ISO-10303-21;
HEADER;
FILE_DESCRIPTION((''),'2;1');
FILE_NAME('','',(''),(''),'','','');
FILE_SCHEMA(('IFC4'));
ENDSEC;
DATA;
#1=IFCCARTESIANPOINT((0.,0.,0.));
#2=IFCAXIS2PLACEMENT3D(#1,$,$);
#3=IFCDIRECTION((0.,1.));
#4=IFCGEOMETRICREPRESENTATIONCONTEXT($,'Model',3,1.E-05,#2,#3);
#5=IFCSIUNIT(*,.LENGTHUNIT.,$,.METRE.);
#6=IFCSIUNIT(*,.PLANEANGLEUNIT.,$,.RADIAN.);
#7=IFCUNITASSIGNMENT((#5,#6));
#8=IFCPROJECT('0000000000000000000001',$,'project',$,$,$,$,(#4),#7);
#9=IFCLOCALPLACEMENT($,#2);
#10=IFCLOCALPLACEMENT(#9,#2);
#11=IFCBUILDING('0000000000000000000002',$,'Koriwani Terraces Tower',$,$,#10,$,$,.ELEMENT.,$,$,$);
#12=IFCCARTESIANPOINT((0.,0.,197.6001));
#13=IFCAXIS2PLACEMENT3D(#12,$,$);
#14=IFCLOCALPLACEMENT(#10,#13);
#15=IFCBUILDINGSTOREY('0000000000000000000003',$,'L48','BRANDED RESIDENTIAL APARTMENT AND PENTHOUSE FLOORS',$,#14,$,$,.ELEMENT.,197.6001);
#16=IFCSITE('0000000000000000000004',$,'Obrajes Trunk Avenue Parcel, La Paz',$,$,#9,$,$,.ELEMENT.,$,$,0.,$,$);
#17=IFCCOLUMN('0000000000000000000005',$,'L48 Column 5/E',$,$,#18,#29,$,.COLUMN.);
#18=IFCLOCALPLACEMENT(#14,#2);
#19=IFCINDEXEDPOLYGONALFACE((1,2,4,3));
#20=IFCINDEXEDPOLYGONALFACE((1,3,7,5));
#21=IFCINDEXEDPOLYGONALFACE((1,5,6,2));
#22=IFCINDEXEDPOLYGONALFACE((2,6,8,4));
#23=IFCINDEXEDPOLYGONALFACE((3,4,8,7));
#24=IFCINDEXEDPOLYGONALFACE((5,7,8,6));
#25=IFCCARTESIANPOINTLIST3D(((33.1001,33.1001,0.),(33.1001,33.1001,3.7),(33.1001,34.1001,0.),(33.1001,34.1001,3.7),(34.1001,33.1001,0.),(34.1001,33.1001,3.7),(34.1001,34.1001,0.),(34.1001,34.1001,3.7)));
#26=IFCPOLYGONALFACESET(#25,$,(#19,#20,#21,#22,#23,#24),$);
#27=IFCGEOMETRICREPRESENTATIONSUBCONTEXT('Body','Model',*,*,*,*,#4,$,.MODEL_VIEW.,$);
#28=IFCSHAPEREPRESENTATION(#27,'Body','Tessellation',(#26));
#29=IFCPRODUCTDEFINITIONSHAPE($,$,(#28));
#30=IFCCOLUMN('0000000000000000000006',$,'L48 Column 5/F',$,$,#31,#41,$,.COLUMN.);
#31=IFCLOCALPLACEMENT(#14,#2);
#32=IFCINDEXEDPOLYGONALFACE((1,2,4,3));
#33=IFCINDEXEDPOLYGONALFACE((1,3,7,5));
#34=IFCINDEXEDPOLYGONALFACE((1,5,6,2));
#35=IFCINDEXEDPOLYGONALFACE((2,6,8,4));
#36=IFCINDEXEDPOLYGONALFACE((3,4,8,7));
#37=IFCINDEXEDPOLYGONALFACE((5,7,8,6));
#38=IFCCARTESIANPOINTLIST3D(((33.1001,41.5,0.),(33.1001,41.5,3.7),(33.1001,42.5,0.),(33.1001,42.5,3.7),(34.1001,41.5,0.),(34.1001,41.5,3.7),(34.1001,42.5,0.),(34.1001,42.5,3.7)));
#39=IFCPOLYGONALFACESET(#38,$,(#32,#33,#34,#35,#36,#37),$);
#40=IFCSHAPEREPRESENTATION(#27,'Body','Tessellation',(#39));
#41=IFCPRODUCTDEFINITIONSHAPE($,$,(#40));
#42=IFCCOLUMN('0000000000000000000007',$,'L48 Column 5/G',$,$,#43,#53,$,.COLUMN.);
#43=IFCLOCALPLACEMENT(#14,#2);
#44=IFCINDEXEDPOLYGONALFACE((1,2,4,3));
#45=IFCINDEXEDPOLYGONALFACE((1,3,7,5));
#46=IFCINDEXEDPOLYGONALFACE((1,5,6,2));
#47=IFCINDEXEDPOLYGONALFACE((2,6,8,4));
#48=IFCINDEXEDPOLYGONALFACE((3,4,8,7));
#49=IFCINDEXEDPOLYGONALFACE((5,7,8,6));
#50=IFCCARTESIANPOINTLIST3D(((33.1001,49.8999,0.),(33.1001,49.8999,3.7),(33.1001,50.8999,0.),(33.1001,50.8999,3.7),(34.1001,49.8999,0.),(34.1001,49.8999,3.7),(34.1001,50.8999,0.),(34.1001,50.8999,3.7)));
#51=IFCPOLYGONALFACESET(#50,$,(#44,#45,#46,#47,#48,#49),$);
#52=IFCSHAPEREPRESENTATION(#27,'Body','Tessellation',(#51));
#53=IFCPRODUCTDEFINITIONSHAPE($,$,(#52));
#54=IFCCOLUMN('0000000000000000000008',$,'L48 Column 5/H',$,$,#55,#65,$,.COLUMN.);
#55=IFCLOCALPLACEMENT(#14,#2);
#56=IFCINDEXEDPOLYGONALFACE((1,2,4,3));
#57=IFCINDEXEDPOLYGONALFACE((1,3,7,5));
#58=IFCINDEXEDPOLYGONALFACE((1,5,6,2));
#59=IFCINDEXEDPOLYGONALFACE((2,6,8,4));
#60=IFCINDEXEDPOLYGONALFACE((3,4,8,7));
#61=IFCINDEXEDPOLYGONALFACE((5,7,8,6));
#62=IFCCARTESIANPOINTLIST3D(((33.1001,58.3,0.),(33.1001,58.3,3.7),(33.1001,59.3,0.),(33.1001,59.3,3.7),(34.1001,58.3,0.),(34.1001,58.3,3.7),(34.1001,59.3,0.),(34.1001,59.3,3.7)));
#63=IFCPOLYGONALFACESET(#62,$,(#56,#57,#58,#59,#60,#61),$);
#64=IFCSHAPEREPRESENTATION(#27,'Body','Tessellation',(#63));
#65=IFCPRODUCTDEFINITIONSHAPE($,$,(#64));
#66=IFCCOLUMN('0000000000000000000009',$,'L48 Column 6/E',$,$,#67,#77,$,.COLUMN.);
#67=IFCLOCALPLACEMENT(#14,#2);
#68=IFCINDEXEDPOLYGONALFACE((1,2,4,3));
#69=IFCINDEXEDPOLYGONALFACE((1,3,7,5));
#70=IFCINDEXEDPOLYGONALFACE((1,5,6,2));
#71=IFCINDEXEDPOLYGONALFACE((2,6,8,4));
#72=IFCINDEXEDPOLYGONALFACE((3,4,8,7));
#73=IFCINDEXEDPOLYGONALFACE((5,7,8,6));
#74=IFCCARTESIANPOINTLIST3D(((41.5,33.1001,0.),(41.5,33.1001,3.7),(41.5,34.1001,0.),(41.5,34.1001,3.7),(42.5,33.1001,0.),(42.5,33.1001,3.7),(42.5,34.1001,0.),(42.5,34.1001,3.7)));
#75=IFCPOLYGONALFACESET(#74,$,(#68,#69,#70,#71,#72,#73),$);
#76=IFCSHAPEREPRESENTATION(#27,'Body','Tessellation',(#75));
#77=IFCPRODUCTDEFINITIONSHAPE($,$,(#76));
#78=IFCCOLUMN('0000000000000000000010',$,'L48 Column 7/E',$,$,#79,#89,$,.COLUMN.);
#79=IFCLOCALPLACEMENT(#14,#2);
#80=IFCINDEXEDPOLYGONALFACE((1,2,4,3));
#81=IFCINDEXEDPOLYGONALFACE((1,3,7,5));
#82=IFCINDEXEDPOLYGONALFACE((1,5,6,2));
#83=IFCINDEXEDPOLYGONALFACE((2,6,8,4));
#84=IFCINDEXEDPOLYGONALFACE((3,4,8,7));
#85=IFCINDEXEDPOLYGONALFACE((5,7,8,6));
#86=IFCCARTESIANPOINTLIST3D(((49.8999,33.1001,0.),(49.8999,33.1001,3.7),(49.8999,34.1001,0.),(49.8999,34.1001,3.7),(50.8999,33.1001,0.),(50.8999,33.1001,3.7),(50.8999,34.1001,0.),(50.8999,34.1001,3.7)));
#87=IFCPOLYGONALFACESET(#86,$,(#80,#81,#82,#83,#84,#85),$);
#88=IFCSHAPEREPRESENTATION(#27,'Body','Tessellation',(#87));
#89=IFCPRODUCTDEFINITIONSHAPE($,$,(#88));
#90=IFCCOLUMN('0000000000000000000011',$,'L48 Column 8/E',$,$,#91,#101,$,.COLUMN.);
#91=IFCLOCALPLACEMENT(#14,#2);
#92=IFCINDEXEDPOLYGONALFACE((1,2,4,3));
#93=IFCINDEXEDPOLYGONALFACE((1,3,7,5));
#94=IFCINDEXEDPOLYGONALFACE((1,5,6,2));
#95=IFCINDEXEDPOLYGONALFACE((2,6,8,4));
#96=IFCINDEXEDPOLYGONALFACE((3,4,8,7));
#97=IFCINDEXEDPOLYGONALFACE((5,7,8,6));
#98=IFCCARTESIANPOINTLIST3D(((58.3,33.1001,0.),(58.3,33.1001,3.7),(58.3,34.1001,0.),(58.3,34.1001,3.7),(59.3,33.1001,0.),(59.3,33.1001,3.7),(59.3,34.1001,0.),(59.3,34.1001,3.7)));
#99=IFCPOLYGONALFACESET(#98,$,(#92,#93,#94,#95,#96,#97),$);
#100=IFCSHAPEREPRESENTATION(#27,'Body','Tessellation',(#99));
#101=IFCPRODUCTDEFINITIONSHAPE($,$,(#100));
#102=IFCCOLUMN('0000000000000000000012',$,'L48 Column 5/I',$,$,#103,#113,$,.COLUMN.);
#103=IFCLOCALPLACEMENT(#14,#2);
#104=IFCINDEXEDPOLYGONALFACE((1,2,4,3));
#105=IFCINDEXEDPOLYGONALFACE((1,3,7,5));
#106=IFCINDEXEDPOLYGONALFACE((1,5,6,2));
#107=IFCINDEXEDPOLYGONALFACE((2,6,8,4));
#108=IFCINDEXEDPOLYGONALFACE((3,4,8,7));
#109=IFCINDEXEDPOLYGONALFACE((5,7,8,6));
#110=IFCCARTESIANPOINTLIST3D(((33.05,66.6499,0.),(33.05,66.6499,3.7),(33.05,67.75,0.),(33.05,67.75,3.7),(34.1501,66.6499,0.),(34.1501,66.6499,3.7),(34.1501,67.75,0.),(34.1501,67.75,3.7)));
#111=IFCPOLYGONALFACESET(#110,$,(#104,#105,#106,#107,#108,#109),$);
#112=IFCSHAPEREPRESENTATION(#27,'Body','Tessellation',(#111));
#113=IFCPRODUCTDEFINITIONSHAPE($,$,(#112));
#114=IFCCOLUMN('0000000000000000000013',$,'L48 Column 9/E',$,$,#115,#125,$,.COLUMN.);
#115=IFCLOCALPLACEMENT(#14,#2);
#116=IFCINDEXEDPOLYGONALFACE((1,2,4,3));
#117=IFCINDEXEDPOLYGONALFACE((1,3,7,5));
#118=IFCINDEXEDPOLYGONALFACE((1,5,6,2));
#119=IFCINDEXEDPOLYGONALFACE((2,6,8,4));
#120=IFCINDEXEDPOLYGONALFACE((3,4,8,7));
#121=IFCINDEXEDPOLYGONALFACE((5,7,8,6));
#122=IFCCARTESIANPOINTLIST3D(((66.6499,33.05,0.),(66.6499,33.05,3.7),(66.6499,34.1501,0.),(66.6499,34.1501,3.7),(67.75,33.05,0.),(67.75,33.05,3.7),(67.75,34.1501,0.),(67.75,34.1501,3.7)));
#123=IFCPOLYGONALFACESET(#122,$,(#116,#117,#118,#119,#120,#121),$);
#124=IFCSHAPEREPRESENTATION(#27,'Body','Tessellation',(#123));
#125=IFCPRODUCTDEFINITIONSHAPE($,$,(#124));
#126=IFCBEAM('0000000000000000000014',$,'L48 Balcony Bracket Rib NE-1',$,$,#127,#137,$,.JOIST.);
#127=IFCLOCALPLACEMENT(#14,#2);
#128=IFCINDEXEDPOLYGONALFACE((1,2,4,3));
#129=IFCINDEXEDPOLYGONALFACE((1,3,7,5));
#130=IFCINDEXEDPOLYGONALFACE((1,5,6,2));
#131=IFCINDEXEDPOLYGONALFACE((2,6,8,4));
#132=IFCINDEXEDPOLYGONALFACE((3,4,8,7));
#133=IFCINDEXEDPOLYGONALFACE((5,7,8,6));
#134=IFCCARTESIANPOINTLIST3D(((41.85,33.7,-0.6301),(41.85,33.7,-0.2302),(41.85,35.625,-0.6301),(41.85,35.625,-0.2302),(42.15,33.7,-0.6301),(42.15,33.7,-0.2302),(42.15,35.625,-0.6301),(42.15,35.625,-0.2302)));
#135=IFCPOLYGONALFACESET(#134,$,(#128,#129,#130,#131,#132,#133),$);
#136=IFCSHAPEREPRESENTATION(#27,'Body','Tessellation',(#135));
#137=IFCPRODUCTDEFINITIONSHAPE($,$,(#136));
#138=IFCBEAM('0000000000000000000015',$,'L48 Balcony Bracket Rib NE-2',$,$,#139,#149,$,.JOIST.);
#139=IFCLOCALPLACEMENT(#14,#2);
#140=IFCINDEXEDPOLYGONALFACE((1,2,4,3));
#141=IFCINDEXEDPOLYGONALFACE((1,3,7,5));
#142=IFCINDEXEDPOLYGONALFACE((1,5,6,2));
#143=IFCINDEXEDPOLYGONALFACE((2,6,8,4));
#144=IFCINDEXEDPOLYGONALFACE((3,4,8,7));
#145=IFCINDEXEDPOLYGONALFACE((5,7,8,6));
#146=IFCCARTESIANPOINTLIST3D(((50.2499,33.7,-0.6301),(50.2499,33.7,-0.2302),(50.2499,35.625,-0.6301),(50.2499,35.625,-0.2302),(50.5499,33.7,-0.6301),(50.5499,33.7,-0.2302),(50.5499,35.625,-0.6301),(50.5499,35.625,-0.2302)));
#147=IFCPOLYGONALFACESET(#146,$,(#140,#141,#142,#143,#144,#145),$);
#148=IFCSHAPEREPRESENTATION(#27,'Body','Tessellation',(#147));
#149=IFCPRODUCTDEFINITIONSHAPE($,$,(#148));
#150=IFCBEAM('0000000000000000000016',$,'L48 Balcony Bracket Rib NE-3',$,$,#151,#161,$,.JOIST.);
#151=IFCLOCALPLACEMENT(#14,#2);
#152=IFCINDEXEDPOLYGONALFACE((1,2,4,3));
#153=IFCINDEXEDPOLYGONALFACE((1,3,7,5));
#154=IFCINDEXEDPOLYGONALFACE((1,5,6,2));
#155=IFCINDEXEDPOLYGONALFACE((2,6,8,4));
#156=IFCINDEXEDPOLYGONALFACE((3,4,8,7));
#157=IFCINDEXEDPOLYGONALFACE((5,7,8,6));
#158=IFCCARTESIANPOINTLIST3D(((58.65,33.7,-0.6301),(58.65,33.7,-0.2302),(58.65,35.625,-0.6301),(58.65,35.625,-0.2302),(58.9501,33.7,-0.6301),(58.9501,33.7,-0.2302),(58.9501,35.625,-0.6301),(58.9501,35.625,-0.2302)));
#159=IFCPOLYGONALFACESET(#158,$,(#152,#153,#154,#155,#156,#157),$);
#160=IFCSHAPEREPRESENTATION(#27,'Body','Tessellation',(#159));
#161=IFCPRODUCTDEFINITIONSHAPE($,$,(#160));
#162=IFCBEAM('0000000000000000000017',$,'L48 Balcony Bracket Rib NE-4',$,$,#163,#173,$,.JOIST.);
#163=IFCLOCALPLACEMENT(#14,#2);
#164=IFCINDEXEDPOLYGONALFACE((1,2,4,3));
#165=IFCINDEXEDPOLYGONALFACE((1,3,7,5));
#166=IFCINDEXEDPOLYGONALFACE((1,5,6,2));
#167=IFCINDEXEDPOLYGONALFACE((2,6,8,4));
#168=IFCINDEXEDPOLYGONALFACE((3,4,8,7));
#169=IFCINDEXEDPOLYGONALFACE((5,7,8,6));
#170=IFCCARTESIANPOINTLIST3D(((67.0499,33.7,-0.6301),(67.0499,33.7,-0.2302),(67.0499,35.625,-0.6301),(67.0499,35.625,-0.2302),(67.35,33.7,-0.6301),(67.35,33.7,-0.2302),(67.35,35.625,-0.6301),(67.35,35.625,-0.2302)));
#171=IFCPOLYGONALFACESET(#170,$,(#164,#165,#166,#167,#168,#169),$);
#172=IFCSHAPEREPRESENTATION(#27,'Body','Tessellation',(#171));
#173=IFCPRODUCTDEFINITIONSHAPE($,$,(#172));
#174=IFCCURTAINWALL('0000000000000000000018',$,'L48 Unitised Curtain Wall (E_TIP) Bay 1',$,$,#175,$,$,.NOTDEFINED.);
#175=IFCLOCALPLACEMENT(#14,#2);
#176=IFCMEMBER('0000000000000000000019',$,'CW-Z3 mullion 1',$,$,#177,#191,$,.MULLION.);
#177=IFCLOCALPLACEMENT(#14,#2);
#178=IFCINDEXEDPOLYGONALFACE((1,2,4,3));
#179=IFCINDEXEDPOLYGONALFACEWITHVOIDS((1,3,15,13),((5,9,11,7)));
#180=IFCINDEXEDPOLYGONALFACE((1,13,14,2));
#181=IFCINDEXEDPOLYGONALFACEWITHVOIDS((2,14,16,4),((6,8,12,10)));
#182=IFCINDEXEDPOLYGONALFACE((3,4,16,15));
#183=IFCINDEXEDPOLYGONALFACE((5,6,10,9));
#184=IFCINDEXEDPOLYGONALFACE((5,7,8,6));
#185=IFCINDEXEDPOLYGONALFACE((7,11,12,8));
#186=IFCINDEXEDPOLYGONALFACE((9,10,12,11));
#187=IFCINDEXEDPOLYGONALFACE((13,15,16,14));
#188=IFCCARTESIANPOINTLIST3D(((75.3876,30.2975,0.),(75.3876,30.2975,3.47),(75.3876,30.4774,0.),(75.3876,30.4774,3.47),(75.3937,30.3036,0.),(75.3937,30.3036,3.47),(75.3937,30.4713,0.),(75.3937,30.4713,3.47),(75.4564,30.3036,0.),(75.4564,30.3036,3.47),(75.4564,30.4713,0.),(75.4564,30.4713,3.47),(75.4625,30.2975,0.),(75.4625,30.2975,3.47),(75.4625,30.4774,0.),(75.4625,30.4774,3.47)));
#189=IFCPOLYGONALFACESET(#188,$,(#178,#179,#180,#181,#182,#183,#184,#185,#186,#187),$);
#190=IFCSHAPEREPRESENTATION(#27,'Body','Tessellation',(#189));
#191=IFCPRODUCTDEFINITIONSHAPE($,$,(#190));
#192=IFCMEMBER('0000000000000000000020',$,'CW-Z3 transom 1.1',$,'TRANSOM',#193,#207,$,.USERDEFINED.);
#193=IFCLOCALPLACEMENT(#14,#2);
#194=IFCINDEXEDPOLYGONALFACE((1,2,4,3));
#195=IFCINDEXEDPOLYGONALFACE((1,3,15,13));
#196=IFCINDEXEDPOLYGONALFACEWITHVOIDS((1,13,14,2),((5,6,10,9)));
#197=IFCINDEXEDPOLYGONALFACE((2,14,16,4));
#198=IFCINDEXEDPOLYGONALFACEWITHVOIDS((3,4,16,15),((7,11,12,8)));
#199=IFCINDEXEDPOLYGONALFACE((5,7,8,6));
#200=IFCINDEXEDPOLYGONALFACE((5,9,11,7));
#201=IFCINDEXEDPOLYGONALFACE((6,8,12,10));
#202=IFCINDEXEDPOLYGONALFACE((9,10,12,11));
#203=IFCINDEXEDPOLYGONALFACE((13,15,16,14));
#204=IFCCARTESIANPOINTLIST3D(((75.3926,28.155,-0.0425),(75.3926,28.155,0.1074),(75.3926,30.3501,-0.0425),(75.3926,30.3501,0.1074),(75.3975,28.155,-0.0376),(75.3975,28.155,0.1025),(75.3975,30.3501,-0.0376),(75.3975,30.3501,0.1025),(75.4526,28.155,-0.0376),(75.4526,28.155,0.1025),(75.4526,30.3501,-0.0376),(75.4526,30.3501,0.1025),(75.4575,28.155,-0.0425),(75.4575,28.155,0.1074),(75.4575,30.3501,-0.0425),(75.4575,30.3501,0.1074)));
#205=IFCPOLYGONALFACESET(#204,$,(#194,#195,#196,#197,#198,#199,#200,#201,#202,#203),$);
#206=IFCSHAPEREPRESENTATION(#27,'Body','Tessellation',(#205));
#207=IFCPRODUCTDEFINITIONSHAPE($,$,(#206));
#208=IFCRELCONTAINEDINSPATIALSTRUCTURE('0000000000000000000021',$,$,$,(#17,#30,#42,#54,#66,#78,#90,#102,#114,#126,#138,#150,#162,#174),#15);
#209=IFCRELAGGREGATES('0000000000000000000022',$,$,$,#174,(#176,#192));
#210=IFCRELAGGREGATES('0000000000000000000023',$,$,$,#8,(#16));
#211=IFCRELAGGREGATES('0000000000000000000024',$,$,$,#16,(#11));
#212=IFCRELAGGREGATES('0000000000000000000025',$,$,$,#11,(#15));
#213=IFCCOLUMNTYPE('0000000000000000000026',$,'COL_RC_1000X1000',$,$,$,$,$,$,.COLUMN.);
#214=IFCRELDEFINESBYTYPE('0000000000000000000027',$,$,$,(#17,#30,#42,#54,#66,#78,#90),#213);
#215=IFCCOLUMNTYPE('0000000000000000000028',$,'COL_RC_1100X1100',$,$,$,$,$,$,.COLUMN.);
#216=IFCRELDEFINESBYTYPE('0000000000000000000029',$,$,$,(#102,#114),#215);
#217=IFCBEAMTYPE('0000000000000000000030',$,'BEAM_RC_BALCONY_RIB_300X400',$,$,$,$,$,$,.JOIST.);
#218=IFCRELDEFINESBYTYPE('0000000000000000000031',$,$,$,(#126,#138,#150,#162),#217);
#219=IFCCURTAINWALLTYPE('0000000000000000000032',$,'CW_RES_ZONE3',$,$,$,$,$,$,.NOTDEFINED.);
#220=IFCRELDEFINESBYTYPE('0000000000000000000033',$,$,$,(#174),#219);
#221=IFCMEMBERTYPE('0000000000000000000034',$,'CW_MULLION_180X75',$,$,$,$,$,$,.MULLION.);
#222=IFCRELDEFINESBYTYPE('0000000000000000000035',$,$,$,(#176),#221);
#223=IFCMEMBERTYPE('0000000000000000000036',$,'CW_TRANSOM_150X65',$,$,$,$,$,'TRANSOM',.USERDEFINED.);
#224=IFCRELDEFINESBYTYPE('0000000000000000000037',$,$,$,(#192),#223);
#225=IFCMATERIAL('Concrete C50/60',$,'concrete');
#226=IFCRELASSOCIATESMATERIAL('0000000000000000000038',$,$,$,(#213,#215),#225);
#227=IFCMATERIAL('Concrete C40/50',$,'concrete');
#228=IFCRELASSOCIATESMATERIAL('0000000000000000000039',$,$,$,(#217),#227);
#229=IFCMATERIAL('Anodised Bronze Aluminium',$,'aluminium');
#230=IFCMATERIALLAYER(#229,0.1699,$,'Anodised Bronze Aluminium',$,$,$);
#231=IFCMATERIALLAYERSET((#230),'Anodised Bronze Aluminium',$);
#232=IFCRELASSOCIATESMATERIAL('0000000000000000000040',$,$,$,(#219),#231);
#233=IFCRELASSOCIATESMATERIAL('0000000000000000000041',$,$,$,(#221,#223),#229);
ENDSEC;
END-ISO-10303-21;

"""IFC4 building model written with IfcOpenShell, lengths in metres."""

from ifc_helpers import new_model, si_unit, direction, frame, origin, origin_2d, place, context, subcontext, project, spatial, rectangle, hollow_rectangle, extrude, material, layer, layer_set, material_profile, profile_set, type_object, element, aggregate, save


model = new_model("IFC4")

# Units and contexts
model_context = context("Model", 3, precision=1e-05, world=origin(), true_north=direction((0.0, 1.0)))
body_context = subcontext(model_context, "Body", "Model", "MODEL_VIEW")
ifc_project = project(units=[si_unit("LENGTHUNIT", "METRE"), si_unit("PLANEANGLEUNIT", "RADIAN")], contexts=[model_context])

# Site, building, storey
site_placement = place(None, origin())
site = spatial("IfcSite", under=ifc_project, at=site_placement, Name="Obrajes Trunk Avenue Parcel, La Paz", CompositionType="ELEMENT", RefElevation=0.0)
building_placement = place(site_placement, origin())
building = spatial("IfcBuilding", under=site, at=building_placement, Name="Koriwani Terraces Tower", CompositionType="ELEMENT")
storey_placement = place(building_placement, frame((0.0, 0.0, 197.6001)))
storey = spatial("IfcBuildingStorey", under=building, at=storey_placement, Name="L48", Description="BRANDED RESIDENTIAL APARTMENT AND PENTHOUSE FLOORS", CompositionType="ELEMENT", Elevation=197.6001)

# Columns
ifc_material_1 = material(Name="Concrete C50/60", Category="concrete")
ifc_material_profile_1 = material_profile(ifc_material_1, rectangle(XDim=1.0, YDim=1.0, at=origin_2d()), Name="Concrete C50/60", Category="LoadBearing")
ifc_profile_set_1 = profile_set([ifc_material_profile_1], Name="Concrete C50/60")
column_type_1 = type_object("IfcColumnType", Name="COL_RC_1000X1000", PredefinedType="COLUMN", material=ifc_profile_set_1)
for number, where, z_axis, x_axis, name in (
    (1, (33.6001, 33.6001, 0.0), (0.0, 0.0, 1.0), (1.0, 0.0, 0.0), "L48 Column 5/E"),
    (2, (33.6001, 42.0, 0.0), (0.0, 0.0, 1.0), (1.0, 0.0, 0.0), "L48 Column 5/F"),
    (3, (33.6001, 50.3999, 0.0), (0.0, 0.0, 1.0), (1.0, 0.0, 0.0), "L48 Column 5/G"),
    (4, (33.6001, 58.8, 0.0), (0.0, 0.0, 1.0), (1.0, 0.0, 0.0), "L48 Column 5/H"),
    (5, (42.0, 33.6001, 0.0), (0.0, 0.0, 1.0), (1.0, 0.0, 0.0), "L48 Column 6/E"),
    (6, (50.3999, 33.6001, 0.0), (0.0, 0.0, 1.0), (1.0, 0.0, 0.0), "L48 Column 7/E"),
    (7, (58.8, 33.6001, 0.0), (0.0, 0.0, 1.0), (1.0, 0.0, 0.0), "L48 Column 8/E"),
):
    element("IfcColumn", number, at=place(storey_placement, frame(where, z_axis=z_axis, x_axis=x_axis)), inside=storey, type_object=column_type_1, Name=name, PredefinedType="COLUMN", context=body_context, shape_type="SweptSolid", body=[
        extrude(rectangle(XDim=1.0, YDim=1.0, at=origin_2d()), origin(), (0.0, 0.0, 1.0), 3.7),
    ])
ifc_material_profile_2 = material_profile(ifc_material_1, rectangle(XDim=1.1001, YDim=1.1001, at=origin_2d()), Name="Concrete C50/60", Category="LoadBearing")
ifc_profile_set_2 = profile_set([ifc_material_profile_2], Name="Concrete C50/60")
column_type_2 = type_object("IfcColumnType", Name="COL_RC_1100X1100", PredefinedType="COLUMN", material=ifc_profile_set_2)
for number, where, z_axis, x_axis, name in (
    (8, (33.6001, 67.2, 0.0), (0.0, 0.0, 1.0), (1.0, 0.0, 0.0), "L48 Column 5/I"),
    (9, (67.2, 33.6001, 0.0), (0.0, 0.0, 1.0), (1.0, 0.0, 0.0), "L48 Column 9/E"),
):
    element("IfcColumn", number, at=place(storey_placement, frame(where, z_axis=z_axis, x_axis=x_axis)), inside=storey, type_object=column_type_2, Name=name, PredefinedType="COLUMN", context=body_context, shape_type="SweptSolid", body=[
        extrude(rectangle(XDim=1.1001, YDim=1.1001, at=origin_2d()), origin(), (0.0, 0.0, 1.0), 3.7),
    ])

# Beams
ifc_material_2 = material(Name="Concrete C40/50", Category="concrete")
ifc_material_profile_3 = material_profile(ifc_material_2, rectangle(XDim=0.3, YDim=0.3999, at=origin_2d()), Name="Concrete C40/50", Category="LoadBearing")
ifc_profile_set_3 = profile_set([ifc_material_profile_3], Name="Concrete C40/50")
beam_type = type_object("IfcBeamType", Name="BEAM_RC_BALCONY_RIB_300X400", PredefinedType="JOIST", material=ifc_profile_set_3)
for number, where, z_axis, x_axis, name in (
    (10, (42.0, 33.7, -0.4302), (0.0, 1.0, 0.0), (-1.0, 0.0, 0.0), "L48 Balcony Bracket Rib NE-1"),
    (11, (50.3999, 33.7, -0.4302), (0.0, 1.0, 0.0), (-1.0, 0.0, 0.0), "L48 Balcony Bracket Rib NE-2"),
    (12, (58.8, 33.7, -0.4302), (0.0, 1.0, 0.0), (-1.0, 0.0, 0.0), "L48 Balcony Bracket Rib NE-3"),
    (13, (67.2, 33.7, -0.4302), (0.0, 1.0, 0.0), (-1.0, 0.0, 0.0), "L48 Balcony Bracket Rib NE-4"),
):
    element("IfcBeam", number, at=place(storey_placement, frame(where, z_axis=z_axis, x_axis=x_axis)), inside=storey, type_object=beam_type, Name=name, PredefinedType="JOIST", context=body_context, shape_type="SweptSolid", body=[
        extrude(rectangle(XDim=0.3, YDim=0.3999, at=origin_2d()), origin(), (0.0, 0.0, 1.0), 1.925),
    ])

# Curtain wall, members
ifc_material_3 = material(Name="Anodised Bronze Aluminium", Category="aluminium")
ifc_layer_1 = layer(ifc_material_3, 0.1699, Name="Anodised Bronze Aluminium")
ifc_layer_set_1 = layer_set([ifc_layer_1], Name="Anodised Bronze Aluminium")
curtain_wall_type = type_object("IfcCurtainWallType", Name="CW_RES_ZONE3", PredefinedType="NOTDEFINED", material=ifc_layer_set_1)
curtain_wall_placement = place(storey_placement, origin())
curtain_wall = element("IfcCurtainWall", 14, at=curtain_wall_placement, inside=storey, type_object=curtain_wall_type, Name="L48 Unitised Curtain Wall (E_TIP) Bay 1", PredefinedType="NOTDEFINED")
ifc_material_profile_4 = material_profile(ifc_material_3, hollow_rectangle(XDim=0.075, YDim=0.1799, WallThickness=0.0061, at=origin_2d()), Name="Anodised Bronze Aluminium", Category="LoadBearing")
ifc_profile_set_4 = profile_set([ifc_material_profile_4], Name="Anodised Bronze Aluminium")
member_type_1 = type_object("IfcMemberType", Name="CW_MULLION_180X75", PredefinedType="MULLION", material=ifc_profile_set_4)
member_1_placement = place(storey_placement, frame((75.425, 30.3875, 0.0), z_axis=(0.0, 0.0, 1.0), x_axis=(1.0, 0.0, 0.0)))
member_1 = element("IfcMember", 15, at=member_1_placement, type_object=member_type_1, Name="CW-Z3 mullion 1", PredefinedType="MULLION", context=body_context, shape_type="SweptSolid", body=[
    extrude(hollow_rectangle(XDim=0.075, YDim=0.1799, WallThickness=0.0061, at=origin_2d()), origin(), (0.0, 0.0, 1.0), 3.47),
])
ifc_material_profile_5 = material_profile(ifc_material_3, hollow_rectangle(XDim=0.0649, YDim=0.1499, WallThickness=0.0049, at=origin_2d()), Name="Anodised Bronze Aluminium", Category="LoadBearing")
ifc_profile_set_5 = profile_set([ifc_material_profile_5], Name="Anodised Bronze Aluminium")
member_type_2 = type_object("IfcMemberType", Name="CW_TRANSOM_150X65", ElementType="TRANSOM", PredefinedType="USERDEFINED", material=ifc_profile_set_5)
member_2_placement = place(storey_placement, frame((75.425, 30.3501, 0.0325), z_axis=(0.0, -1.0, 0.0), x_axis=(1.0, 0.0, 0.0)))
member_2 = element("IfcMember", 16, at=member_2_placement, type_object=member_type_2, Name="CW-Z3 transom 1.1", ObjectType="TRANSOM", PredefinedType="USERDEFINED", context=body_context, shape_type="SweptSolid", body=[
    extrude(hollow_rectangle(XDim=0.0649, YDim=0.1499, WallThickness=0.0049, at=origin_2d()), origin(), (0.0, 0.0, 1.0), 2.1951),
])
aggregate(curtain_wall, [member_1, member_2])

save(model, "model.ifc")
